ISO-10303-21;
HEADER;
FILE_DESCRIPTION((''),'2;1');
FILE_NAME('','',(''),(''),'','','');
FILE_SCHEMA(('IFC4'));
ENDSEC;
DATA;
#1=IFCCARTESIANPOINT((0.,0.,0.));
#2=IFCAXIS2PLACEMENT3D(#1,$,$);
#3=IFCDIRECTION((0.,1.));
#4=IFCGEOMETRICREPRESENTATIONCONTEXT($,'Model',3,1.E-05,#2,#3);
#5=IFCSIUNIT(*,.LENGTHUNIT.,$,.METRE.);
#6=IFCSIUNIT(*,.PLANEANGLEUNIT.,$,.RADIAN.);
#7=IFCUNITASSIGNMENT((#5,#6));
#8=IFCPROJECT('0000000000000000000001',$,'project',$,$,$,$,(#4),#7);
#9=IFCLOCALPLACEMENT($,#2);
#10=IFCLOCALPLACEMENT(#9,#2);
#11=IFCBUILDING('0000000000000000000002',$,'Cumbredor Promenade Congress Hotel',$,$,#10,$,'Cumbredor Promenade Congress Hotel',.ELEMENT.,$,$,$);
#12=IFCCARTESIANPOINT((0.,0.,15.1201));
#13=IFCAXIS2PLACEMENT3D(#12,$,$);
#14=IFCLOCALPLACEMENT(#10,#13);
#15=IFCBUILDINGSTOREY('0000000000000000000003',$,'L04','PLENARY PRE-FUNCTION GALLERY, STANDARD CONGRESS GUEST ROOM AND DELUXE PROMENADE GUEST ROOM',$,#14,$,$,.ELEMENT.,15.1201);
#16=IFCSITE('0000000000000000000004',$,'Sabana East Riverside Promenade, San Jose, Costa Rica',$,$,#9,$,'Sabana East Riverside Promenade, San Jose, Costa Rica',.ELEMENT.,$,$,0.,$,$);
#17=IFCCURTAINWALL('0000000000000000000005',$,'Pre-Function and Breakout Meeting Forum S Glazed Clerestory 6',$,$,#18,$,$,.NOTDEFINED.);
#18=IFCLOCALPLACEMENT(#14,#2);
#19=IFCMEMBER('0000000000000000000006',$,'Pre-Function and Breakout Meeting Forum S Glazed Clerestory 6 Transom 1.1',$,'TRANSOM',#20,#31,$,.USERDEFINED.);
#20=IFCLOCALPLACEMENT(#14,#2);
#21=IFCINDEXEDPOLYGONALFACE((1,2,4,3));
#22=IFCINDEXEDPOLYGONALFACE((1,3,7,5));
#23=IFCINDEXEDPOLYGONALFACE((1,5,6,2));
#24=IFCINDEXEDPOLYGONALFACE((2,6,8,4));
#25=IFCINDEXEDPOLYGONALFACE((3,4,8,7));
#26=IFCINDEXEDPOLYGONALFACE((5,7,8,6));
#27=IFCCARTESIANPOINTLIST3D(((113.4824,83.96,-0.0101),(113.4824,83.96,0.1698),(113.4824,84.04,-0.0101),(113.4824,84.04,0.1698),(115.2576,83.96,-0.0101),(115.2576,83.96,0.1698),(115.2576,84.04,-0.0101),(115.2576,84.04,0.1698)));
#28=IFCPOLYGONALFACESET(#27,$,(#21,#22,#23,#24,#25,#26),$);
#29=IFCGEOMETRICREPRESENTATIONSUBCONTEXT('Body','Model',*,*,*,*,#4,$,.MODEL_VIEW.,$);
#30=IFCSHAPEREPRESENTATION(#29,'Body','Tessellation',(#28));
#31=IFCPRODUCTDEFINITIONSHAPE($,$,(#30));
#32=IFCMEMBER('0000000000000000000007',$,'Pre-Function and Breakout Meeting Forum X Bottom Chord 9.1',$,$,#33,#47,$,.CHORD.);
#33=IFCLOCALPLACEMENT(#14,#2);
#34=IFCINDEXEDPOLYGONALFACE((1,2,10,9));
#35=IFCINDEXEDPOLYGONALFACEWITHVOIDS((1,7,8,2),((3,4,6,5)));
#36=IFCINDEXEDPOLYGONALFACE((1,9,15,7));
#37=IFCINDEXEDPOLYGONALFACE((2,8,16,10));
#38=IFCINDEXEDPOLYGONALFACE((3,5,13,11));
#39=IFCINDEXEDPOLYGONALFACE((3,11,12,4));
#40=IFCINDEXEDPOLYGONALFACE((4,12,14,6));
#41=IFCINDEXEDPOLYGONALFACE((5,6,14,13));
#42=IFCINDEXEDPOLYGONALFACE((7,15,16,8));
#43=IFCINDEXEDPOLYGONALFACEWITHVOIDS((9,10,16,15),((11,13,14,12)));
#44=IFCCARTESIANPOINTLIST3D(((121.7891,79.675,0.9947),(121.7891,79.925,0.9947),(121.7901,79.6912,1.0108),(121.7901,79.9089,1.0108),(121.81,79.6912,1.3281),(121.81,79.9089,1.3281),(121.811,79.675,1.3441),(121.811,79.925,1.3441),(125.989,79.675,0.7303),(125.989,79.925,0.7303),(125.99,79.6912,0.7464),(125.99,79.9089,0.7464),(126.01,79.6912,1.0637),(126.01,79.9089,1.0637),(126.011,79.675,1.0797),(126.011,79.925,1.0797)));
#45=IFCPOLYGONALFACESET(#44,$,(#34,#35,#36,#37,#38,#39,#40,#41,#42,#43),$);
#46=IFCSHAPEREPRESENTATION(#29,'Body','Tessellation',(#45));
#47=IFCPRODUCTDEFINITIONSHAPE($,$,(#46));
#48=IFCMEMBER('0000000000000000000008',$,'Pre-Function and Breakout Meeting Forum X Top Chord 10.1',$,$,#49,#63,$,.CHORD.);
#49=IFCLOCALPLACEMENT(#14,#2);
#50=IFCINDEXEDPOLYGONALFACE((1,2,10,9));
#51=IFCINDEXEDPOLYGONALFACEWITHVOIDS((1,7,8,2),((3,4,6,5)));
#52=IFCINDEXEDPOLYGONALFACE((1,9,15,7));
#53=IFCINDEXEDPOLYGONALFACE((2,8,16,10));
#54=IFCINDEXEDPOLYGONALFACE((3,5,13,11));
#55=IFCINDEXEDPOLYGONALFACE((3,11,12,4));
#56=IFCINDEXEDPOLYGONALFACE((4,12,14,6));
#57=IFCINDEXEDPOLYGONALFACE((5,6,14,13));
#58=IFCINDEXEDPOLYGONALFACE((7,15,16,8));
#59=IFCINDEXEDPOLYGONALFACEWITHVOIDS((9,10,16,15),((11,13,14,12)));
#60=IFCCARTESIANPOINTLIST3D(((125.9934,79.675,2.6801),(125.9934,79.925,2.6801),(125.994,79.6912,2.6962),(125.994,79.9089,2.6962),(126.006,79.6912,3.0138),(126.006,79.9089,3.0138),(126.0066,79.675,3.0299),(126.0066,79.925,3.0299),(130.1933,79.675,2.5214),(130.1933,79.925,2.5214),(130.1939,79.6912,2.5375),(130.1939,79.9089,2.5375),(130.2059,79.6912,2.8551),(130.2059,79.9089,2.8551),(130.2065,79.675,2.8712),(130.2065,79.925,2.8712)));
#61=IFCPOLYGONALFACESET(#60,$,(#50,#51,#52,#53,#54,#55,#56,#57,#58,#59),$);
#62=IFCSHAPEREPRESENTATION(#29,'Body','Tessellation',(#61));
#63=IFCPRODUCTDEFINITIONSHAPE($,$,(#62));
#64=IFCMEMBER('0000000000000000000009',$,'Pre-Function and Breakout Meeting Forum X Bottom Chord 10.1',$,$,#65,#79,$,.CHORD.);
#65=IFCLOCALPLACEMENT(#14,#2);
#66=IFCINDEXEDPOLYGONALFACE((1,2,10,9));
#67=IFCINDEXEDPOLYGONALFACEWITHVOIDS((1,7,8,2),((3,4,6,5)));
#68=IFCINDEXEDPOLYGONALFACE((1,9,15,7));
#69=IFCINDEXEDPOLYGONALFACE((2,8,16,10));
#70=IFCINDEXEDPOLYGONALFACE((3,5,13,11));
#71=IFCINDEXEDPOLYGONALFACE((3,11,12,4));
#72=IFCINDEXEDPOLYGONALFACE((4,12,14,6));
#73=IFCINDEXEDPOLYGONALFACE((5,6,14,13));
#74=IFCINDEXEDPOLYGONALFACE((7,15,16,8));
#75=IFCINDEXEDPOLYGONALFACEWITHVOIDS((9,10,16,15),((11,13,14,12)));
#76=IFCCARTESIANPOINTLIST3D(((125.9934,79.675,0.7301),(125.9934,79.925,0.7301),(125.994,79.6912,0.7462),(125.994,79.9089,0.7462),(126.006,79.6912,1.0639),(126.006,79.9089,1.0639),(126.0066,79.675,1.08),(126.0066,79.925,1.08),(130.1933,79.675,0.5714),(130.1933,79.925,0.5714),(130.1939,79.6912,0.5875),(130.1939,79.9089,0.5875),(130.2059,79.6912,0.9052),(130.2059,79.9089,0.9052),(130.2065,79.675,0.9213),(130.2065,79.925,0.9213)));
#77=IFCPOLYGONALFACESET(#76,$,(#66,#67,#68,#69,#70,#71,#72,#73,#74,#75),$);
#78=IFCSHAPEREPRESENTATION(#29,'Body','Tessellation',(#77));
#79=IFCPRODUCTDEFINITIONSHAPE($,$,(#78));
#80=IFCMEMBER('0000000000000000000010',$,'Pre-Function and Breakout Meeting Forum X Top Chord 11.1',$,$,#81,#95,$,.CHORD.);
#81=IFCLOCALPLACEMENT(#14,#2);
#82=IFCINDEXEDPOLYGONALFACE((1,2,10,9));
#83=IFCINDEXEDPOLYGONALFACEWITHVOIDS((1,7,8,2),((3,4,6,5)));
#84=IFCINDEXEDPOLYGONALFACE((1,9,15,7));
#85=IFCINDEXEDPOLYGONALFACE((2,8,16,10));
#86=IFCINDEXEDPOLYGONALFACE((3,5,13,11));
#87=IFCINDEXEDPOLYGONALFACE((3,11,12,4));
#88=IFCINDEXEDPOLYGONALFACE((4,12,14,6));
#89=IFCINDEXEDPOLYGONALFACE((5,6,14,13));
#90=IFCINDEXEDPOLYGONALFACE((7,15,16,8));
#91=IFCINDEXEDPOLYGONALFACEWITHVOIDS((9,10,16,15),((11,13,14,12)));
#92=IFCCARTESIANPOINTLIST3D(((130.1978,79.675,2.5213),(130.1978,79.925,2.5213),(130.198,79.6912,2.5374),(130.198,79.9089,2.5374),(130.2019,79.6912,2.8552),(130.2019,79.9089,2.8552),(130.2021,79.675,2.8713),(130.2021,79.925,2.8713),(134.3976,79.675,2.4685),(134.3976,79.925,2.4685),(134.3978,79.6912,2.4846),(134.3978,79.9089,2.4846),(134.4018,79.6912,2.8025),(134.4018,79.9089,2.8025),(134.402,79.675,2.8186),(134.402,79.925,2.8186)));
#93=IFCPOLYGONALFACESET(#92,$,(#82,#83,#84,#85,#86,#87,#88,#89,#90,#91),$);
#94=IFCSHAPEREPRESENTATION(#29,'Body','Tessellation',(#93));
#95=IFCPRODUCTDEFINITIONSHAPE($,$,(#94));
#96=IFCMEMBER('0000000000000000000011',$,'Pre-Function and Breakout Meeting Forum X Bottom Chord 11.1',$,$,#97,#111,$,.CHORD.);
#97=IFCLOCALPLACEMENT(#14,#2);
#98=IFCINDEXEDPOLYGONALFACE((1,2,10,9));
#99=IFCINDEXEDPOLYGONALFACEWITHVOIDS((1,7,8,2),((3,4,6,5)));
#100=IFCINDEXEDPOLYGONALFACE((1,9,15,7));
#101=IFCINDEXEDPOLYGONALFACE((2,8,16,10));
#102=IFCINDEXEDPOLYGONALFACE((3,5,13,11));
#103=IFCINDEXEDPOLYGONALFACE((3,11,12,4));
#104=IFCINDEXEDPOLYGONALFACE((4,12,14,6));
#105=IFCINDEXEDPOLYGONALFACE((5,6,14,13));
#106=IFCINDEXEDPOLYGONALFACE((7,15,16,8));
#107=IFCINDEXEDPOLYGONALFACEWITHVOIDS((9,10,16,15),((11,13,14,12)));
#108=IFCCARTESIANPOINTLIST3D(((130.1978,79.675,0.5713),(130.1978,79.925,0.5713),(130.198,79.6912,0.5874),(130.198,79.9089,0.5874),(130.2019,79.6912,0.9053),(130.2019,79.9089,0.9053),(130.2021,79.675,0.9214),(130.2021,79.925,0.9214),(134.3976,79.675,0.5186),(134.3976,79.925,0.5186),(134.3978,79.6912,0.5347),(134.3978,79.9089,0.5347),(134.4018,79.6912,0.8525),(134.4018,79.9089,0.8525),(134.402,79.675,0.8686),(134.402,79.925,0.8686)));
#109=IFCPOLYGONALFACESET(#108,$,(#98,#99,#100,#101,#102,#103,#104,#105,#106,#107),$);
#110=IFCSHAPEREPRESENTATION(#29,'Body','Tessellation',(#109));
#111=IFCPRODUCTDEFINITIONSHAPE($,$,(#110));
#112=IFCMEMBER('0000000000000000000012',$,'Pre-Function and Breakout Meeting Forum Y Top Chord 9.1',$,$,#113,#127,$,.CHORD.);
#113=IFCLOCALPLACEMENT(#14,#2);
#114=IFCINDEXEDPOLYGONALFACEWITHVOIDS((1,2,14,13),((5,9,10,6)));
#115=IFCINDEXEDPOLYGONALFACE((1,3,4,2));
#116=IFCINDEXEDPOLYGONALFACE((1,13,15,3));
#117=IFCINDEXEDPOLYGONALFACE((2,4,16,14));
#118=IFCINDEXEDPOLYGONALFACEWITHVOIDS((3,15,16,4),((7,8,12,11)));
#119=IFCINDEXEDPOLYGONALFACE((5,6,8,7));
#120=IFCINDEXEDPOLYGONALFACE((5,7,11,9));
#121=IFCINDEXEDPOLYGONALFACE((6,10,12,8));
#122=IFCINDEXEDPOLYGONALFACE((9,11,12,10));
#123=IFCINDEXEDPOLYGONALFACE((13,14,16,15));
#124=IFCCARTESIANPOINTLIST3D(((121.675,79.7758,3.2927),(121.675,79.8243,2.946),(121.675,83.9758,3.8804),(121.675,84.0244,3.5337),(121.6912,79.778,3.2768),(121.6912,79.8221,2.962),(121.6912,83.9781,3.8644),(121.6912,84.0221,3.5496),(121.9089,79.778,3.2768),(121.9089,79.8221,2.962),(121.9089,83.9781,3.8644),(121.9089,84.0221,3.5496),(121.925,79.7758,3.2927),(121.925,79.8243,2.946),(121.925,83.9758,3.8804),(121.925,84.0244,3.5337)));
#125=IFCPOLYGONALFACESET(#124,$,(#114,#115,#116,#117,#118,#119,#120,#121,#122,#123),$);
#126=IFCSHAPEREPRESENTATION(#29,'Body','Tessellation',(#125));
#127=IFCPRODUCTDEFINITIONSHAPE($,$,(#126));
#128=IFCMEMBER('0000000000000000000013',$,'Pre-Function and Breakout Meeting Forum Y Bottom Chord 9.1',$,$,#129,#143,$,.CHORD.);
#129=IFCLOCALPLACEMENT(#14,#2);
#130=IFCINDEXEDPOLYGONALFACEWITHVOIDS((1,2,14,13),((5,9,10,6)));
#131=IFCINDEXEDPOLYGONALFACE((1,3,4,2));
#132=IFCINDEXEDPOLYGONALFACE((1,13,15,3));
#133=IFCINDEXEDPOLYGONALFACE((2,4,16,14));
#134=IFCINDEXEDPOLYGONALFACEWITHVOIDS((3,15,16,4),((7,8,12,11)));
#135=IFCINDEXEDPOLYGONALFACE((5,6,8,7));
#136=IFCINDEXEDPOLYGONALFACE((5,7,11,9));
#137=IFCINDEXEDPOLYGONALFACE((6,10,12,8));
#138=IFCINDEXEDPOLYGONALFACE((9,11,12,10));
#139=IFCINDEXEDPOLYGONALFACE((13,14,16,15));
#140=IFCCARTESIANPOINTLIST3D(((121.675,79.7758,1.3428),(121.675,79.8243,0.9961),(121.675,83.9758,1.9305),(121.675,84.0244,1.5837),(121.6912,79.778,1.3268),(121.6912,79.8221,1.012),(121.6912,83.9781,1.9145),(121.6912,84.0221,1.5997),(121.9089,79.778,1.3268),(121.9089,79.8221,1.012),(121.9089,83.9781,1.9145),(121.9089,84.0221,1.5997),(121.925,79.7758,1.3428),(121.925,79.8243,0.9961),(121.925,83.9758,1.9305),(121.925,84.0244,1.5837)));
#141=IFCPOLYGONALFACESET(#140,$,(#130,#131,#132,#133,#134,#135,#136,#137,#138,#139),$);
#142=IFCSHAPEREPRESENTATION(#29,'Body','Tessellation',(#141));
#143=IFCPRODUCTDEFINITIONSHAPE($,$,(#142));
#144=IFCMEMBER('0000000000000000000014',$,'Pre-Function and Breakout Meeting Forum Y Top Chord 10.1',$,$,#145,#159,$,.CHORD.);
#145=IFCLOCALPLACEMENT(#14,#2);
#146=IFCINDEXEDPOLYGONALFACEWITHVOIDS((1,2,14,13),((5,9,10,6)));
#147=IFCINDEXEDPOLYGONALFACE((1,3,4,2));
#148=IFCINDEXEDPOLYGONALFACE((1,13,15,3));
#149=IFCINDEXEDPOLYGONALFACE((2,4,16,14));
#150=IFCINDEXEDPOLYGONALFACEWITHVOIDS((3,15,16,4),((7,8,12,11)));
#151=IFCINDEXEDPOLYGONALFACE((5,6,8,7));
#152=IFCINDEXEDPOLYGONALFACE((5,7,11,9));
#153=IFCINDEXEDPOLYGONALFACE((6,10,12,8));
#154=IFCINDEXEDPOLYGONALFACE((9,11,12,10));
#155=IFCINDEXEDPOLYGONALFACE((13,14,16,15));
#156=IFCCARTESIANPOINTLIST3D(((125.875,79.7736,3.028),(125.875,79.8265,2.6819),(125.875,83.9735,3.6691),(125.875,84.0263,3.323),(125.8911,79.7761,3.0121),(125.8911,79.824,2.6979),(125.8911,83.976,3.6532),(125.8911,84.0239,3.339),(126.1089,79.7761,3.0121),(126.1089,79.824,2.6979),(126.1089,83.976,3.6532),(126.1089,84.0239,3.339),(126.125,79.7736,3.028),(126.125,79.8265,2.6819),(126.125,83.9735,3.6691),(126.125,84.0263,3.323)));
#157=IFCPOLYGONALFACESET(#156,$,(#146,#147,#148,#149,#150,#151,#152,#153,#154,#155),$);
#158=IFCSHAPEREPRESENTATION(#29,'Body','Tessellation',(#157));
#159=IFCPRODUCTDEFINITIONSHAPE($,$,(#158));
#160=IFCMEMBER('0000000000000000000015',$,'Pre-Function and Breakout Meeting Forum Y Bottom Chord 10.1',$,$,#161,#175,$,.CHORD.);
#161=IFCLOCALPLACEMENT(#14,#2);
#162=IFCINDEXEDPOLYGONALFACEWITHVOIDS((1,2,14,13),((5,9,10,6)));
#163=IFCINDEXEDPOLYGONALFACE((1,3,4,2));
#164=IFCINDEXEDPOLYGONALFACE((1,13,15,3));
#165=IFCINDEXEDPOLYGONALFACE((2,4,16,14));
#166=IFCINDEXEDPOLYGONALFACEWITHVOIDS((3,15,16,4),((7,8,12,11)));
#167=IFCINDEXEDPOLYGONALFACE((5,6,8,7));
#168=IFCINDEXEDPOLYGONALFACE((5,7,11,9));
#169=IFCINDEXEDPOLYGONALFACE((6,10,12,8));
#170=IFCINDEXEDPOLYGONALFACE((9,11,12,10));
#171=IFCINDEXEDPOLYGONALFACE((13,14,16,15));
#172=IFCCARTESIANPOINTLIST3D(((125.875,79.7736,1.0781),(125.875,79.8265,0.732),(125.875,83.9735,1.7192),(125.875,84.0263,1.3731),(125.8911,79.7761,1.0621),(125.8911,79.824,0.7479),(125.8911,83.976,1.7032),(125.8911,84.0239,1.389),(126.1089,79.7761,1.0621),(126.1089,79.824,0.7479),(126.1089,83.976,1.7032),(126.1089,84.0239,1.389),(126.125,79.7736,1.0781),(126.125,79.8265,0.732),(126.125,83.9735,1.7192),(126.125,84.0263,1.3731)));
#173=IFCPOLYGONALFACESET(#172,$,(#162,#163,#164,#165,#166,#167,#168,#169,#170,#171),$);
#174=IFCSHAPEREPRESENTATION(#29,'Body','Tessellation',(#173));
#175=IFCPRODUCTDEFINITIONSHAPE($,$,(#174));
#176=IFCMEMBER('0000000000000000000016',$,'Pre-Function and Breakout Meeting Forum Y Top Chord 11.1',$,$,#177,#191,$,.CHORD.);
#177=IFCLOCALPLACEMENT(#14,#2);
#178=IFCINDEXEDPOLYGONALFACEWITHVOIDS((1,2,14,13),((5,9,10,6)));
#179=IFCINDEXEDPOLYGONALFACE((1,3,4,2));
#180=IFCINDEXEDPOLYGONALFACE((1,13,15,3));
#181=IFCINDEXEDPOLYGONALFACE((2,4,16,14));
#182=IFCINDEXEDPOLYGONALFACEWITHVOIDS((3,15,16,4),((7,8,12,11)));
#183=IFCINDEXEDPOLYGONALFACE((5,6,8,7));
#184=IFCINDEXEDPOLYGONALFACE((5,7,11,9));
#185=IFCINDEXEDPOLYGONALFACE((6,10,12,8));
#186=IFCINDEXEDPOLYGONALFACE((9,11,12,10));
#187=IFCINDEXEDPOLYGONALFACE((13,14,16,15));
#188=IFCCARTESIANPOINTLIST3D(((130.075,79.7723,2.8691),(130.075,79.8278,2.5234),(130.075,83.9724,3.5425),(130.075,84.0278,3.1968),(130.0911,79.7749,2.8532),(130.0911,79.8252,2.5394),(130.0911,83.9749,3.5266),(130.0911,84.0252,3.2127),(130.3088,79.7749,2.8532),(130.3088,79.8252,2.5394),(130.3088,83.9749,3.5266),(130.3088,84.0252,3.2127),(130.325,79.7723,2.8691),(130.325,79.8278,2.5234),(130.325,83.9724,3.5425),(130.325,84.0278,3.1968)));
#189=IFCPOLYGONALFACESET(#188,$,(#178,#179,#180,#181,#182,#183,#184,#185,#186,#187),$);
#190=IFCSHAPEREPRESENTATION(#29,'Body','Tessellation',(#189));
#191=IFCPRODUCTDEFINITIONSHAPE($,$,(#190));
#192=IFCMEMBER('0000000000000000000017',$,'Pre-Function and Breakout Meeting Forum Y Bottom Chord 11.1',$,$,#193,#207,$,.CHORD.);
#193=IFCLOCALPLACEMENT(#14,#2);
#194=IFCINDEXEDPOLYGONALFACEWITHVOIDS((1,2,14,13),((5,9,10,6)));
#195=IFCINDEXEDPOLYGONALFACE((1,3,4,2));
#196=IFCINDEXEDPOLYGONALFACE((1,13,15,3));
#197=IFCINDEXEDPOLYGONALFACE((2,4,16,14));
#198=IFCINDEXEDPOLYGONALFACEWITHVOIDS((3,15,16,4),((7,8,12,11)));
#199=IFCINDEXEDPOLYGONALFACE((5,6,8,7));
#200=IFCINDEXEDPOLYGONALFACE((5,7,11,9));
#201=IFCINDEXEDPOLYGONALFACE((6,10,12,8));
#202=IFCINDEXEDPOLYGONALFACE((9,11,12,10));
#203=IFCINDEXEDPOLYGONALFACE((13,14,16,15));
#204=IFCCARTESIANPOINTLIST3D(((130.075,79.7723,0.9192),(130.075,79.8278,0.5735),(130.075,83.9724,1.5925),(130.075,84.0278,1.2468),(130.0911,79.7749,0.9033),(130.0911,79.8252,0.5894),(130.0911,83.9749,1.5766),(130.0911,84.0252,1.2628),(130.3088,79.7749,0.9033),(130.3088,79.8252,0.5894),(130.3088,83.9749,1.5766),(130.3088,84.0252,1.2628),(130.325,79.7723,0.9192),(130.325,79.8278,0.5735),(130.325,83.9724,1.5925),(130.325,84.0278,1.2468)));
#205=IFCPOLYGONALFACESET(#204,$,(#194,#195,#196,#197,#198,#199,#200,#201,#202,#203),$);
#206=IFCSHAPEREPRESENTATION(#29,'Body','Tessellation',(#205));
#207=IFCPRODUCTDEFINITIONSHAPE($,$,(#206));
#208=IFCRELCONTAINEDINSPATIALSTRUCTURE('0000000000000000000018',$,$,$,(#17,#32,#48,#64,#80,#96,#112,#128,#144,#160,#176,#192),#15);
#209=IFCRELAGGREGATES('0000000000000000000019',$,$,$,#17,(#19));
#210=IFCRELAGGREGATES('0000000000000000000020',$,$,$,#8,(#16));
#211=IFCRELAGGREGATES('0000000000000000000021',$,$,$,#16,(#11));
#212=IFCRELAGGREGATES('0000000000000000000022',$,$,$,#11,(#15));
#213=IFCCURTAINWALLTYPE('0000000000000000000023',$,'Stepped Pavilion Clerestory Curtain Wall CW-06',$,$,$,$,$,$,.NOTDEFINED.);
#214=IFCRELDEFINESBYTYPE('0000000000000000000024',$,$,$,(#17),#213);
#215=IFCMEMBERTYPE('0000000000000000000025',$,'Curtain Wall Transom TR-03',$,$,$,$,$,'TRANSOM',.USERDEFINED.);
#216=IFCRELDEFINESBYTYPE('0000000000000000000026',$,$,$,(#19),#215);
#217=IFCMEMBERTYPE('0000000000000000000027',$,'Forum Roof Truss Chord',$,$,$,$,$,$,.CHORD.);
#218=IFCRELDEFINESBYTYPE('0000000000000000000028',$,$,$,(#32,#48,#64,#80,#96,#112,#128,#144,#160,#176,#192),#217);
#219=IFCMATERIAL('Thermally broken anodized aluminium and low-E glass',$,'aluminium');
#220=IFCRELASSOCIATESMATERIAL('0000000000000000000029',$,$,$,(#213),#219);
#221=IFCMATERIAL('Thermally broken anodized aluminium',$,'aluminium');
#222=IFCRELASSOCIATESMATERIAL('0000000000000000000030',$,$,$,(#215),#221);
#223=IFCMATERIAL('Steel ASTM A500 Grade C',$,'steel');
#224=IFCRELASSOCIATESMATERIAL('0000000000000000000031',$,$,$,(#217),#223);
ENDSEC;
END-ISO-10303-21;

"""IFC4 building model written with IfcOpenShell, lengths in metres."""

from ifc_helpers import new_model, si_unit, direction, frame, origin, origin_2d, place, context, subcontext, project, spatial, rectangle, hollow_rectangle, extrude, material, material_profile, profile_set, type_object, element, aggregate, save


model = new_model("IFC4")

# Units and contexts
model_context = context("Model", 3, precision=1e-05, world=origin(), true_north=direction((0.0, 1.0)))
body_context = subcontext(model_context, "Body", "Model", "MODEL_VIEW")
ifc_project = project(units=[si_unit("LENGTHUNIT", "METRE"), si_unit("PLANEANGLEUNIT", "RADIAN")], contexts=[model_context])

# Site, building, storey
site_placement = place(None, origin())
site = spatial("IfcSite", under=ifc_project, at=site_placement, Name="Sabana East Riverside Promenade, San Jose, Costa Rica", LongName="Sabana East Riverside Promenade, San Jose, Costa Rica", CompositionType="ELEMENT", RefElevation=0.0)
building_placement = place(site_placement, origin())
building = spatial("IfcBuilding", under=site, at=building_placement, Name="Cumbredor Promenade Congress Hotel", LongName="Cumbredor Promenade Congress Hotel", CompositionType="ELEMENT")
storey_placement = place(building_placement, frame((0.0, 0.0, 15.1201)))
storey = spatial("IfcBuildingStorey", under=building, at=storey_placement, Name="L04", Description="PLENARY PRE-FUNCTION GALLERY, STANDARD CONGRESS GUEST ROOM AND DELUXE PROMENADE GUEST ROOM", CompositionType="ELEMENT", Elevation=15.1201)

# Curtain wall, member
ifc_material_1 = material(Name="Thermally broken anodized aluminium and low-E glass", Category="aluminium")
curtain_wall_type = type_object("IfcCurtainWallType", Name="Stepped Pavilion Clerestory Curtain Wall CW-06", PredefinedType="NOTDEFINED", material=ifc_material_1)
curtain_wall_placement = place(storey_placement, origin())
curtain_wall = element("IfcCurtainWall", 1, at=curtain_wall_placement, inside=storey, type_object=curtain_wall_type, Name="Pre-Function and Breakout Meeting Forum S Glazed Clerestory 6", PredefinedType="NOTDEFINED")
ifc_material_2 = material(Name="Thermally broken anodized aluminium", Category="aluminium")
ifc_material_profile_1 = material_profile(ifc_material_2, rectangle(XDim=0.0801, YDim=0.1799, at=origin_2d()), Name="ALU TRANSOM 80x180")
ifc_profile_set_1 = profile_set([ifc_material_profile_1], Name="Thermally broken anodized aluminium")
member_type_1 = type_object("IfcMemberType", Name="Curtain Wall Transom TR-03", ElementType="TRANSOM", PredefinedType="USERDEFINED", material=ifc_profile_set_1)
member_1_placement = place(storey_placement, frame((113.4824, 84.0, 0.0798), z_axis=(1.0, 0.0, 0.0), x_axis=(0.0, 1.0, 0.0)))
member_1 = element("IfcMember", 2, at=member_1_placement, type_object=member_type_1, Name="Pre-Function and Breakout Meeting Forum S Glazed Clerestory 6 Transom 1.1", ObjectType="TRANSOM", PredefinedType="USERDEFINED", context=body_context, shape_type="SweptSolid", body=[
    extrude(rectangle(XDim=0.0801, YDim=0.1799, at=origin_2d()), origin(), (0.0, 0.0, 1.0), 1.7751),
])
aggregate(curtain_wall, [member_1])

# Members
ifc_material_3 = material(Name="Steel ASTM A500 Grade C", Category="steel")
ifc_material_profile_2 = material_profile(ifc_material_3, hollow_rectangle(XDim=0.25, YDim=0.3501, WallThickness=0.0161, at=origin_2d()), Name="HSS 350x250x16")
ifc_profile_set_2 = profile_set([ifc_material_profile_2], Name="Steel ASTM A500 Grade C")
member_type_2 = type_object("IfcMemberType", Name="Forum Roof Truss Chord", PredefinedType="CHORD", material=ifc_profile_set_2)
member_2_placement = place(storey_placement, frame((121.8, 79.8, 1.1694), z_axis=(0.998024, 0.0, -0.06283), x_axis=(0.0, 1.0, 0.0)))
element("IfcMember", 3, at=member_2_placement, inside=storey, type_object=member_type_2, Name="Pre-Function and Breakout Meeting Forum X Bottom Chord 9.1", PredefinedType="CHORD", context=body_context, shape_type="SweptSolid", body=[
    extrude(hollow_rectangle(XDim=0.25, YDim=0.3501, WallThickness=0.0161, at=origin_2d()), origin(), (0.0, 0.0, 1.0), 4.2083),
])
for number, where, z_axis, x_axis, name in (
    (4, (126.0, 79.8, 2.855), (0.999287, 0.0, -0.037757), (0.0, 1.0, 0.0), "Pre-Function and Breakout Meeting Forum X Top Chord 10.1"),
    (5, (126.0, 79.8, 0.905), (0.999287, 0.0, -0.037757), (0.0, 1.0, 0.0), "Pre-Function and Breakout Meeting Forum X Bottom Chord 10.1"),
):
    element("IfcMember", number, at=place(storey_placement, frame(where, z_axis=z_axis, x_axis=x_axis)), inside=storey, type_object=member_type_2, Name=name, PredefinedType="CHORD", context=body_context, shape_type="SweptSolid", body=[
        extrude(hollow_rectangle(XDim=0.25, YDim=0.3501, WallThickness=0.0161, at=origin_2d()), origin(), (0.0, 0.0, 1.0), 4.2029),
    ])
for number, where, z_axis, x_axis, name in (
    (6, (130.2, 79.8, 2.6963), (0.999921, 0.0, -0.012555), (0.0, 1.0, 0.0), "Pre-Function and Breakout Meeting Forum X Top Chord 11.1"),
    (7, (130.2, 79.8, 0.7463), (0.999921, 0.0, -0.012555), (0.0, 1.0, 0.0), "Pre-Function and Breakout Meeting Forum X Bottom Chord 11.1"),
):
    element("IfcMember", number, at=place(storey_placement, frame(where, z_axis=z_axis, x_axis=x_axis)), inside=storey, type_object=member_type_2, Name=name, PredefinedType="CHORD", context=body_context, shape_type="SweptSolid", body=[
        extrude(hollow_rectangle(XDim=0.25, YDim=0.3501, WallThickness=0.0161, at=origin_2d()), origin(), (0.0, 0.0, 1.0), 4.2002),
    ])
for number, where, z_axis, x_axis, name in (
    (8, (121.8, 79.8, 3.1194), (0.0, 0.990353, 0.138568), (-1.0, 0.0, 0.0), "Pre-Function and Breakout Meeting Forum Y Top Chord 9.1"),
    (9, (121.8, 79.8, 1.1694), (0.0, 0.990353, 0.138568), (-1.0, 0.0, 0.0), "Pre-Function and Breakout Meeting Forum Y Bottom Chord 9.1"),
):
    element("IfcMember", number, at=place(storey_placement, frame(where, z_axis=z_axis, x_axis=x_axis)), inside=storey, type_object=member_type_2, Name=name, PredefinedType="CHORD", context=body_context, shape_type="SweptSolid", body=[
        extrude(hollow_rectangle(XDim=0.25, YDim=0.3501, WallThickness=0.0161, at=origin_2d()), origin(), (0.0, 0.0, 1.0), 4.241),
    ])
for number, where, z_axis, x_axis, name in (
    (10, (126.0, 79.8, 2.855), (0.0, 0.988549, 0.1509), (-1.0, 0.0, 0.0), "Pre-Function and Breakout Meeting Forum Y Top Chord 10.1"),
    (11, (126.0, 79.8, 0.905), (0.0, 0.988549, 0.1509), (-1.0, 0.0, 0.0), "Pre-Function and Breakout Meeting Forum Y Bottom Chord 10.1"),
):
    element("IfcMember", number, at=place(storey_placement, frame(where, z_axis=z_axis, x_axis=x_axis)), inside=storey, type_object=member_type_2, Name=name, PredefinedType="CHORD", context=body_context, shape_type="SweptSolid", body=[
        extrude(hollow_rectangle(XDim=0.25, YDim=0.3501, WallThickness=0.0161, at=origin_2d()), origin(), (0.0, 0.0, 1.0), 4.2485),
    ])
for number, where, z_axis, x_axis, name in (
    (12, (130.2, 79.8, 2.6963), (0.0, 0.987391, 0.158299), (-1.0, 0.0, 0.0), "Pre-Function and Breakout Meeting Forum Y Top Chord 11.1"),
    (13, (130.2, 79.8, 0.7463), (0.0, 0.987391, 0.158299), (-1.0, 0.0, 0.0), "Pre-Function and Breakout Meeting Forum Y Bottom Chord 11.1"),
):
    element("IfcMember", number, at=place(storey_placement, frame(where, z_axis=z_axis, x_axis=x_axis)), inside=storey, type_object=member_type_2, Name=name, PredefinedType="CHORD", context=body_context, shape_type="SweptSolid", body=[
        extrude(hollow_rectangle(XDim=0.25, YDim=0.3501, WallThickness=0.0161, at=origin_2d()), origin(), (0.0, 0.0, 1.0), 4.2537),
    ])

save(model, "model.ifc")
